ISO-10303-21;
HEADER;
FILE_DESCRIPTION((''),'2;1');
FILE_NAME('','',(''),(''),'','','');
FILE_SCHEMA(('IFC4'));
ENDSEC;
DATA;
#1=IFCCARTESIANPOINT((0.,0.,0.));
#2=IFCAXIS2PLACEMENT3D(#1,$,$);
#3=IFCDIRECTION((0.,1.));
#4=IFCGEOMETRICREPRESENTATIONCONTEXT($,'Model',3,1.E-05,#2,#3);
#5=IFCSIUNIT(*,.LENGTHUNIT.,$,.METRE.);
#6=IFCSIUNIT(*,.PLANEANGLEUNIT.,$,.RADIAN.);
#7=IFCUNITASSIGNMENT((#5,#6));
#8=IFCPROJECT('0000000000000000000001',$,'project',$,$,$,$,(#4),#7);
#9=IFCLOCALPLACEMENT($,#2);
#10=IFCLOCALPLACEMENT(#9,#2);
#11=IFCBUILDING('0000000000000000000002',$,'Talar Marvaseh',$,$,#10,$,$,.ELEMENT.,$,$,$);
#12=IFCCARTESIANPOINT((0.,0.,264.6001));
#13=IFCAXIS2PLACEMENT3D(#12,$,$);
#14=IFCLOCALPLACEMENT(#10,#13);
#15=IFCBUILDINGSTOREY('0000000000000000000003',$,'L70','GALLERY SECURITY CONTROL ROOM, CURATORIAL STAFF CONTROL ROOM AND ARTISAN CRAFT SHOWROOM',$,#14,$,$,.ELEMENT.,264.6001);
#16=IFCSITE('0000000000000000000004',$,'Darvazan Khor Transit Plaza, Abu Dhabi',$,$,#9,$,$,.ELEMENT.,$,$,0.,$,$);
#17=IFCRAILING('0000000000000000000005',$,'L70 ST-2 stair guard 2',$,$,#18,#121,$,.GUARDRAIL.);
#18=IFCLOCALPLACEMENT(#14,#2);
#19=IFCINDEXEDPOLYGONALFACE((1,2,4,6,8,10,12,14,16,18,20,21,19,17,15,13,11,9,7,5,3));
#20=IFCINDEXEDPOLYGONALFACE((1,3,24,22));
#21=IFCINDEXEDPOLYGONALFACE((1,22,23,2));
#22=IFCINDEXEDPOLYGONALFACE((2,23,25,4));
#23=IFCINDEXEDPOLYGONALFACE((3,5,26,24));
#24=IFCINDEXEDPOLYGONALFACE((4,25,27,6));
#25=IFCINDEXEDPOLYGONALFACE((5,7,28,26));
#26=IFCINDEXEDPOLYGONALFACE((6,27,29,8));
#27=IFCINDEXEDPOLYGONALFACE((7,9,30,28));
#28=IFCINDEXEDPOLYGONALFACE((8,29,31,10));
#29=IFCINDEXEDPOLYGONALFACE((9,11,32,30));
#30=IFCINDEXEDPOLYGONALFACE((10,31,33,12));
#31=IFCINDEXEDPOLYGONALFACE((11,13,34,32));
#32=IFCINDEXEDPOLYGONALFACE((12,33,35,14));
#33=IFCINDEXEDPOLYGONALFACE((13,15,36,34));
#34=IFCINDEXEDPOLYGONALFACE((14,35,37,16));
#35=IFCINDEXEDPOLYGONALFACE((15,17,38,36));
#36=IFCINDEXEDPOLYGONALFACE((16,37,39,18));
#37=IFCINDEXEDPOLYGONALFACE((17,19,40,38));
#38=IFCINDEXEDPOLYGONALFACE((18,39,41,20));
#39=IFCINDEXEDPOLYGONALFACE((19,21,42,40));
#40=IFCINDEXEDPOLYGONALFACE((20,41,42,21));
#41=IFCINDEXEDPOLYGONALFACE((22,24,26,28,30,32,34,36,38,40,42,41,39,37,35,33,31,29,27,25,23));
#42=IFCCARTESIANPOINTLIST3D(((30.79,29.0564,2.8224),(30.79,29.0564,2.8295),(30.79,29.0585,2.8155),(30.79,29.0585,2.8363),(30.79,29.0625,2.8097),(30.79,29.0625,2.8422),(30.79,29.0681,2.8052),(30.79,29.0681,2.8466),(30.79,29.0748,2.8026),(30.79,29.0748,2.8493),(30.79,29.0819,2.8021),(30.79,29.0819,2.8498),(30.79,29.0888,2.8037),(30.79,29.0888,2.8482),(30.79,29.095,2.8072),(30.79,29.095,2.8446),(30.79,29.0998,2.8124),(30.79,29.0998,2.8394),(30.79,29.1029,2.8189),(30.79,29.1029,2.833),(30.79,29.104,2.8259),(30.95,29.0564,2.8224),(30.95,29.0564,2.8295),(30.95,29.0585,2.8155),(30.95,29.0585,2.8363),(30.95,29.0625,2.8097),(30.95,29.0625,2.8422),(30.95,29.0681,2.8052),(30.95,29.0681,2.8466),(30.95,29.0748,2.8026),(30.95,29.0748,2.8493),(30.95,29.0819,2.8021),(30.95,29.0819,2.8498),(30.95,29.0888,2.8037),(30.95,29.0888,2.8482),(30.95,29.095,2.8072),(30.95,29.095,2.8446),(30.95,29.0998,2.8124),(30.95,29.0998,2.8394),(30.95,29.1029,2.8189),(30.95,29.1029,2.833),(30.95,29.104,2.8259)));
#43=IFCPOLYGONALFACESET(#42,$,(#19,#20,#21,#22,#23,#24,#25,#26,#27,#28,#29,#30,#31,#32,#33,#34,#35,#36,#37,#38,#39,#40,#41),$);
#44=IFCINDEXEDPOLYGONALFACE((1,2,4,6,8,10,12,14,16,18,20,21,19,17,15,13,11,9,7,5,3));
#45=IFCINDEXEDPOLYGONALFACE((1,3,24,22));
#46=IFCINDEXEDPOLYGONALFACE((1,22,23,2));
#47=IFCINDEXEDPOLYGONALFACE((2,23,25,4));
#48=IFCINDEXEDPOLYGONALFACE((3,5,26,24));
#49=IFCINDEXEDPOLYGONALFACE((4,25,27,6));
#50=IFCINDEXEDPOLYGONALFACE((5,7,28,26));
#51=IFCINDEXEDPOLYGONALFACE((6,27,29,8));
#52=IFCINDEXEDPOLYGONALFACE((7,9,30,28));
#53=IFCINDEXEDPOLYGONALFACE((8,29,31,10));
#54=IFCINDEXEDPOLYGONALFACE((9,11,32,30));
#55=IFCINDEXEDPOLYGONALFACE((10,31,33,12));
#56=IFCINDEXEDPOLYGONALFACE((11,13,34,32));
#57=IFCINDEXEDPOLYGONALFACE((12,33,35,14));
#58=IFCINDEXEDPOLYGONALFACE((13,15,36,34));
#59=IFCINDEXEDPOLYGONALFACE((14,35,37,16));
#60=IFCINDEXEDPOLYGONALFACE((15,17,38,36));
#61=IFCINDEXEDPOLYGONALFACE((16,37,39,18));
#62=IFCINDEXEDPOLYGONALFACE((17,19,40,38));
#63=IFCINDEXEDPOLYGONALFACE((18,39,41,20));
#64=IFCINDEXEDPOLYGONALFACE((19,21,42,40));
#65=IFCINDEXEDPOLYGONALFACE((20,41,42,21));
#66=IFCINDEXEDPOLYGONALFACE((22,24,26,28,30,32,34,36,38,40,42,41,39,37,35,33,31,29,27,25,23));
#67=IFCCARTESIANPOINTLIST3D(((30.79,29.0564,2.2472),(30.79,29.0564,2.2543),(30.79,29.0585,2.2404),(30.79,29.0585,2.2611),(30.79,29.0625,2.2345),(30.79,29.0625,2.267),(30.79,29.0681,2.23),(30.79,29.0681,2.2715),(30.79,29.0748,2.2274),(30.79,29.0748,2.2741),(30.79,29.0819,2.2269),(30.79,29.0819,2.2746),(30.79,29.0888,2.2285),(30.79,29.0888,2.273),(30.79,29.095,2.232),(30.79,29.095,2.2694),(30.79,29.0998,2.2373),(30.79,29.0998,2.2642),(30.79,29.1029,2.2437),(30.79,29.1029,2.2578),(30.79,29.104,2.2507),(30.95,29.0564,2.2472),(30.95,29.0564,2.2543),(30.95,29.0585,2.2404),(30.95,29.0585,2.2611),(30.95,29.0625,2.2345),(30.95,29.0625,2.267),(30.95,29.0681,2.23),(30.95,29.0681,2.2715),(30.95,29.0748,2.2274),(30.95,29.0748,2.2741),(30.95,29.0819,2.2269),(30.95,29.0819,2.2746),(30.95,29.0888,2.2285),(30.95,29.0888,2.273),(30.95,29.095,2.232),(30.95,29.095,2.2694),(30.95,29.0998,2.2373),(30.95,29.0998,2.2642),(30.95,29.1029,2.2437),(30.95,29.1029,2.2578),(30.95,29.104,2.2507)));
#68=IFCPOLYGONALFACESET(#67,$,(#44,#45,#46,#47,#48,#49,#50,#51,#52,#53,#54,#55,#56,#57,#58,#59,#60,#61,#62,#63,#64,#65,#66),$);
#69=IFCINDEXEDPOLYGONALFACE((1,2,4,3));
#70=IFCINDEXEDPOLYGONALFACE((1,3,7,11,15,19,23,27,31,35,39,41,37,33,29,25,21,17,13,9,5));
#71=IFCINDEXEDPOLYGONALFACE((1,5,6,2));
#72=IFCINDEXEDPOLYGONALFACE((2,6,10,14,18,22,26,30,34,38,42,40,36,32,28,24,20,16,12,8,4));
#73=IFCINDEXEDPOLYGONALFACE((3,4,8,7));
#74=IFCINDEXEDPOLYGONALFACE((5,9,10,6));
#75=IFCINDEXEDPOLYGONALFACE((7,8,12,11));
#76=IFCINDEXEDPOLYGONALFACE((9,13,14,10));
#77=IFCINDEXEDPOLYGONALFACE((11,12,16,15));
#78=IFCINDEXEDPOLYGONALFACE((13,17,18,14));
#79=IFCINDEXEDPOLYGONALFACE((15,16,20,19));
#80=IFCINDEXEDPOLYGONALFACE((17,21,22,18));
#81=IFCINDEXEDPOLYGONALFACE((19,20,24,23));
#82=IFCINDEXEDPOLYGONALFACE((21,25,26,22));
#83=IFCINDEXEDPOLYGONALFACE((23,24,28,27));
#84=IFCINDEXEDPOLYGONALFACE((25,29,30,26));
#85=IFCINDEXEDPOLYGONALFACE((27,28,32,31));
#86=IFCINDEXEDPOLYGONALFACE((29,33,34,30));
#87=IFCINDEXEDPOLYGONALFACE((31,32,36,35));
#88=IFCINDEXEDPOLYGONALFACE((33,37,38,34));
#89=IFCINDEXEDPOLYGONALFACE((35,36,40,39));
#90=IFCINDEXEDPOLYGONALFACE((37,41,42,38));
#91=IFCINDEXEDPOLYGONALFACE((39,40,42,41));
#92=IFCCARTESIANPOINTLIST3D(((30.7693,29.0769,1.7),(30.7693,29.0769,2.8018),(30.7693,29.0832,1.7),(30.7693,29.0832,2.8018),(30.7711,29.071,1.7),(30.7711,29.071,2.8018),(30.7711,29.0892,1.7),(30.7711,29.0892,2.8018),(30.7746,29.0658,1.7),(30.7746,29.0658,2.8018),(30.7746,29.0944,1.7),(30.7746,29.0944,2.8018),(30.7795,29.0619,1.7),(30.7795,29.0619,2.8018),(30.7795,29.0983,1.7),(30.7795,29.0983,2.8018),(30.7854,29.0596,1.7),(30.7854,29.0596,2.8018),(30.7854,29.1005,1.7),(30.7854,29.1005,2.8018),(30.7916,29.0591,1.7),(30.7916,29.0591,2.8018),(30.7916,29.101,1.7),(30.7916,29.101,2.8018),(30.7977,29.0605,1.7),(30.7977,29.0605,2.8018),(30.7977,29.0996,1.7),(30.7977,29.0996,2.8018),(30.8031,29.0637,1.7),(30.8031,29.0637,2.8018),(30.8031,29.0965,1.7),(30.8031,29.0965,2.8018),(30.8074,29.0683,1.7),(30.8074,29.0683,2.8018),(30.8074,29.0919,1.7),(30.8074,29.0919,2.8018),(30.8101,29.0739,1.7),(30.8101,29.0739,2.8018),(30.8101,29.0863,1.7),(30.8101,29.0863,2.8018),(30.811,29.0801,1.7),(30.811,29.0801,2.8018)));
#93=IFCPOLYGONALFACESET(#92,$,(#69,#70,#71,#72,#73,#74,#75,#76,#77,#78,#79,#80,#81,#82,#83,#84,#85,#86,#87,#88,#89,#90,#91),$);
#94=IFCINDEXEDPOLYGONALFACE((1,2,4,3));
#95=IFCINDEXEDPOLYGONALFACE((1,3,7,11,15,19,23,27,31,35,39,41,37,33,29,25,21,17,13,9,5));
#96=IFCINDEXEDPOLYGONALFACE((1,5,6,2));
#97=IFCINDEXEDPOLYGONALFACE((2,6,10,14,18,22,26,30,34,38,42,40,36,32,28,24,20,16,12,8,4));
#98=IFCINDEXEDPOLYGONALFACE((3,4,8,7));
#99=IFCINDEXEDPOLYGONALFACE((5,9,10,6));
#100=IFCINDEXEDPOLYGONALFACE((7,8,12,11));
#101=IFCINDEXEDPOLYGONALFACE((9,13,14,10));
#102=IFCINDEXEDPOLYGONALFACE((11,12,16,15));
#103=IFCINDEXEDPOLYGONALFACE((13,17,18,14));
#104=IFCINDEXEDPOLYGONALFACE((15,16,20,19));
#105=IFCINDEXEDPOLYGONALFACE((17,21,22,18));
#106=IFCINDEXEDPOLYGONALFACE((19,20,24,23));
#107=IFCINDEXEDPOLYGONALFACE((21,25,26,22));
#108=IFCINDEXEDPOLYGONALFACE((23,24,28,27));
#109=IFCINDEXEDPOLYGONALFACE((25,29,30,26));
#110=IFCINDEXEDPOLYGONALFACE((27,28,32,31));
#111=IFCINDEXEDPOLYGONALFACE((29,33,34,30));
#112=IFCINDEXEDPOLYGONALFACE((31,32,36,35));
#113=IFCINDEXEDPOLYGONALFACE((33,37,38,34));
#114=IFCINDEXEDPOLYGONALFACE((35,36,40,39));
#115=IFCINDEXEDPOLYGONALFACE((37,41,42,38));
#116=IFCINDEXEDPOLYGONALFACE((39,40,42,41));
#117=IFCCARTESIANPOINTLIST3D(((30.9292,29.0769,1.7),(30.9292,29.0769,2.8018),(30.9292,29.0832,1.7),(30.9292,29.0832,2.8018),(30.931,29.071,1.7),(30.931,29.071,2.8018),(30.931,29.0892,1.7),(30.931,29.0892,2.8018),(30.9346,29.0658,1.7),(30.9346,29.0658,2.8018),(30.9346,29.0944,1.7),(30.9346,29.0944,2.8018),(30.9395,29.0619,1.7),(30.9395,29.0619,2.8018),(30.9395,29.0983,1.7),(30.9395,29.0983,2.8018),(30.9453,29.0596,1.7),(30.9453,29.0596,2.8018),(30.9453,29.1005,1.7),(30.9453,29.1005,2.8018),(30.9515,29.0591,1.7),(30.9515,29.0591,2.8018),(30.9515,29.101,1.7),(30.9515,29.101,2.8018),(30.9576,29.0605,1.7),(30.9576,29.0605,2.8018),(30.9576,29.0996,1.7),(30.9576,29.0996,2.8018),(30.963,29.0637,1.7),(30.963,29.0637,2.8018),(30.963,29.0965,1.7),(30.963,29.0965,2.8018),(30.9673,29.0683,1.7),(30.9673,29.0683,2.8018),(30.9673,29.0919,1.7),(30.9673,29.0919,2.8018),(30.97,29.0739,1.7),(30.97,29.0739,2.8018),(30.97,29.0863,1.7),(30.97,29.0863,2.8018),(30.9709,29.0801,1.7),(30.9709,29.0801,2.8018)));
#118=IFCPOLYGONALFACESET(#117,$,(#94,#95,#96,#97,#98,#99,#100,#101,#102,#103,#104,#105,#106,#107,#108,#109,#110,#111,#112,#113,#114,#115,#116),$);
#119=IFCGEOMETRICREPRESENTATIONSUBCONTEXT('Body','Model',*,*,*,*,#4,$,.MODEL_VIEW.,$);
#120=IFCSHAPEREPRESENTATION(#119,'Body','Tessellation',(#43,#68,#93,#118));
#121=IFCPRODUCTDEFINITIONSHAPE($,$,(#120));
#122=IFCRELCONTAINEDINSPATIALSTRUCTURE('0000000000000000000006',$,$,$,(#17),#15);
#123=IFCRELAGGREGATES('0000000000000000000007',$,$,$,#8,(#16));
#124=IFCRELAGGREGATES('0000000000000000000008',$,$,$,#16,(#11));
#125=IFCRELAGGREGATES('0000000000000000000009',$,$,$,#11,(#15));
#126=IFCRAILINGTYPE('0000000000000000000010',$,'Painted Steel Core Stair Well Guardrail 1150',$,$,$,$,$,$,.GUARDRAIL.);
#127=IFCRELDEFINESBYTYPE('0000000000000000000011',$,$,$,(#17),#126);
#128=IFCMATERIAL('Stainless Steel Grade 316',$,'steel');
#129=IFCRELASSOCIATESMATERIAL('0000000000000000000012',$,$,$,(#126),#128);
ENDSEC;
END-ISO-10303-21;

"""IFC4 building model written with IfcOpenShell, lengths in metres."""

from ifc_helpers import new_model, si_unit, direction, frame, origin, origin_2d, place, context, subcontext, project, spatial, circle, extrude, material, type_object, element, save


model = new_model("IFC4")

# Units and contexts
model_context = context("Model", 3, precision=1e-05, world=origin(), true_north=direction((0.0, 1.0)))
body_context = subcontext(model_context, "Body", "Model", "MODEL_VIEW")
ifc_project = project(units=[si_unit("LENGTHUNIT", "METRE"), si_unit("PLANEANGLEUNIT", "RADIAN")], contexts=[model_context])

# Site, building, storey
site_placement = place(None, origin())
site = spatial("IfcSite", under=ifc_project, at=site_placement, Name="Darvazan Khor Transit Plaza, Abu Dhabi", CompositionType="ELEMENT", RefElevation=0.0)
building_placement = place(site_placement, origin())
building = spatial("IfcBuilding", under=site, at=building_placement, Name="Talar Marvaseh", CompositionType="ELEMENT")
storey_placement = place(building_placement, frame((0.0, 0.0, 264.6001)))
storey = spatial("IfcBuildingStorey", under=building, at=storey_placement, Name="L70", Description="GALLERY SECURITY CONTROL ROOM, CURATORIAL STAFF CONTROL ROOM AND ARTISAN CRAFT SHOWROOM", CompositionType="ELEMENT", Elevation=264.6001)

# Shared definitions
ifc_material_1 = material(Name="Stainless Steel Grade 316", Category="steel")

# Railing
railing_type_1 = type_object("IfcRailingType", Name="Painted Steel Core Stair Well Guardrail 1150", PredefinedType="GUARDRAIL", material=ifc_material_1)
railing_1_placement = place(storey_placement, frame((30.79, 29.0801, 1.7)))
element("IfcRailing", 1, at=railing_1_placement, inside=storey, type_object=railing_type_1, Name="L70 ST-2 stair guard 2", PredefinedType="GUARDRAIL", context=body_context, shape_type="SweptSolid", body=[
    extrude(circle(Radius=0.0239, at=origin_2d()), frame((0.0, 0.0, 1.126), z_axis=(1.0, 0.0, 0.0), x_axis=(0.0, 1.0, 0.0)), (0.0, 0.0, 1.0), 0.1599),
    extrude(circle(Radius=0.0239, at=origin_2d()), frame((0.0, 0.0, 0.5508), z_axis=(1.0, 0.0, 0.0), x_axis=(0.0, 1.0, 0.0)), (0.0, 0.0, 1.0), 0.1599),
    extrude(circle(Radius=0.021, at=origin_2d()), origin(), (0.0, 0.0, 1.0), 1.1018),
    extrude(circle(Radius=0.021, at=origin_2d()), frame((0.1599, 0.0, 0.0)), (0.0, 0.0, 1.0), 1.1018),
])

save(model, "model.ifc")
